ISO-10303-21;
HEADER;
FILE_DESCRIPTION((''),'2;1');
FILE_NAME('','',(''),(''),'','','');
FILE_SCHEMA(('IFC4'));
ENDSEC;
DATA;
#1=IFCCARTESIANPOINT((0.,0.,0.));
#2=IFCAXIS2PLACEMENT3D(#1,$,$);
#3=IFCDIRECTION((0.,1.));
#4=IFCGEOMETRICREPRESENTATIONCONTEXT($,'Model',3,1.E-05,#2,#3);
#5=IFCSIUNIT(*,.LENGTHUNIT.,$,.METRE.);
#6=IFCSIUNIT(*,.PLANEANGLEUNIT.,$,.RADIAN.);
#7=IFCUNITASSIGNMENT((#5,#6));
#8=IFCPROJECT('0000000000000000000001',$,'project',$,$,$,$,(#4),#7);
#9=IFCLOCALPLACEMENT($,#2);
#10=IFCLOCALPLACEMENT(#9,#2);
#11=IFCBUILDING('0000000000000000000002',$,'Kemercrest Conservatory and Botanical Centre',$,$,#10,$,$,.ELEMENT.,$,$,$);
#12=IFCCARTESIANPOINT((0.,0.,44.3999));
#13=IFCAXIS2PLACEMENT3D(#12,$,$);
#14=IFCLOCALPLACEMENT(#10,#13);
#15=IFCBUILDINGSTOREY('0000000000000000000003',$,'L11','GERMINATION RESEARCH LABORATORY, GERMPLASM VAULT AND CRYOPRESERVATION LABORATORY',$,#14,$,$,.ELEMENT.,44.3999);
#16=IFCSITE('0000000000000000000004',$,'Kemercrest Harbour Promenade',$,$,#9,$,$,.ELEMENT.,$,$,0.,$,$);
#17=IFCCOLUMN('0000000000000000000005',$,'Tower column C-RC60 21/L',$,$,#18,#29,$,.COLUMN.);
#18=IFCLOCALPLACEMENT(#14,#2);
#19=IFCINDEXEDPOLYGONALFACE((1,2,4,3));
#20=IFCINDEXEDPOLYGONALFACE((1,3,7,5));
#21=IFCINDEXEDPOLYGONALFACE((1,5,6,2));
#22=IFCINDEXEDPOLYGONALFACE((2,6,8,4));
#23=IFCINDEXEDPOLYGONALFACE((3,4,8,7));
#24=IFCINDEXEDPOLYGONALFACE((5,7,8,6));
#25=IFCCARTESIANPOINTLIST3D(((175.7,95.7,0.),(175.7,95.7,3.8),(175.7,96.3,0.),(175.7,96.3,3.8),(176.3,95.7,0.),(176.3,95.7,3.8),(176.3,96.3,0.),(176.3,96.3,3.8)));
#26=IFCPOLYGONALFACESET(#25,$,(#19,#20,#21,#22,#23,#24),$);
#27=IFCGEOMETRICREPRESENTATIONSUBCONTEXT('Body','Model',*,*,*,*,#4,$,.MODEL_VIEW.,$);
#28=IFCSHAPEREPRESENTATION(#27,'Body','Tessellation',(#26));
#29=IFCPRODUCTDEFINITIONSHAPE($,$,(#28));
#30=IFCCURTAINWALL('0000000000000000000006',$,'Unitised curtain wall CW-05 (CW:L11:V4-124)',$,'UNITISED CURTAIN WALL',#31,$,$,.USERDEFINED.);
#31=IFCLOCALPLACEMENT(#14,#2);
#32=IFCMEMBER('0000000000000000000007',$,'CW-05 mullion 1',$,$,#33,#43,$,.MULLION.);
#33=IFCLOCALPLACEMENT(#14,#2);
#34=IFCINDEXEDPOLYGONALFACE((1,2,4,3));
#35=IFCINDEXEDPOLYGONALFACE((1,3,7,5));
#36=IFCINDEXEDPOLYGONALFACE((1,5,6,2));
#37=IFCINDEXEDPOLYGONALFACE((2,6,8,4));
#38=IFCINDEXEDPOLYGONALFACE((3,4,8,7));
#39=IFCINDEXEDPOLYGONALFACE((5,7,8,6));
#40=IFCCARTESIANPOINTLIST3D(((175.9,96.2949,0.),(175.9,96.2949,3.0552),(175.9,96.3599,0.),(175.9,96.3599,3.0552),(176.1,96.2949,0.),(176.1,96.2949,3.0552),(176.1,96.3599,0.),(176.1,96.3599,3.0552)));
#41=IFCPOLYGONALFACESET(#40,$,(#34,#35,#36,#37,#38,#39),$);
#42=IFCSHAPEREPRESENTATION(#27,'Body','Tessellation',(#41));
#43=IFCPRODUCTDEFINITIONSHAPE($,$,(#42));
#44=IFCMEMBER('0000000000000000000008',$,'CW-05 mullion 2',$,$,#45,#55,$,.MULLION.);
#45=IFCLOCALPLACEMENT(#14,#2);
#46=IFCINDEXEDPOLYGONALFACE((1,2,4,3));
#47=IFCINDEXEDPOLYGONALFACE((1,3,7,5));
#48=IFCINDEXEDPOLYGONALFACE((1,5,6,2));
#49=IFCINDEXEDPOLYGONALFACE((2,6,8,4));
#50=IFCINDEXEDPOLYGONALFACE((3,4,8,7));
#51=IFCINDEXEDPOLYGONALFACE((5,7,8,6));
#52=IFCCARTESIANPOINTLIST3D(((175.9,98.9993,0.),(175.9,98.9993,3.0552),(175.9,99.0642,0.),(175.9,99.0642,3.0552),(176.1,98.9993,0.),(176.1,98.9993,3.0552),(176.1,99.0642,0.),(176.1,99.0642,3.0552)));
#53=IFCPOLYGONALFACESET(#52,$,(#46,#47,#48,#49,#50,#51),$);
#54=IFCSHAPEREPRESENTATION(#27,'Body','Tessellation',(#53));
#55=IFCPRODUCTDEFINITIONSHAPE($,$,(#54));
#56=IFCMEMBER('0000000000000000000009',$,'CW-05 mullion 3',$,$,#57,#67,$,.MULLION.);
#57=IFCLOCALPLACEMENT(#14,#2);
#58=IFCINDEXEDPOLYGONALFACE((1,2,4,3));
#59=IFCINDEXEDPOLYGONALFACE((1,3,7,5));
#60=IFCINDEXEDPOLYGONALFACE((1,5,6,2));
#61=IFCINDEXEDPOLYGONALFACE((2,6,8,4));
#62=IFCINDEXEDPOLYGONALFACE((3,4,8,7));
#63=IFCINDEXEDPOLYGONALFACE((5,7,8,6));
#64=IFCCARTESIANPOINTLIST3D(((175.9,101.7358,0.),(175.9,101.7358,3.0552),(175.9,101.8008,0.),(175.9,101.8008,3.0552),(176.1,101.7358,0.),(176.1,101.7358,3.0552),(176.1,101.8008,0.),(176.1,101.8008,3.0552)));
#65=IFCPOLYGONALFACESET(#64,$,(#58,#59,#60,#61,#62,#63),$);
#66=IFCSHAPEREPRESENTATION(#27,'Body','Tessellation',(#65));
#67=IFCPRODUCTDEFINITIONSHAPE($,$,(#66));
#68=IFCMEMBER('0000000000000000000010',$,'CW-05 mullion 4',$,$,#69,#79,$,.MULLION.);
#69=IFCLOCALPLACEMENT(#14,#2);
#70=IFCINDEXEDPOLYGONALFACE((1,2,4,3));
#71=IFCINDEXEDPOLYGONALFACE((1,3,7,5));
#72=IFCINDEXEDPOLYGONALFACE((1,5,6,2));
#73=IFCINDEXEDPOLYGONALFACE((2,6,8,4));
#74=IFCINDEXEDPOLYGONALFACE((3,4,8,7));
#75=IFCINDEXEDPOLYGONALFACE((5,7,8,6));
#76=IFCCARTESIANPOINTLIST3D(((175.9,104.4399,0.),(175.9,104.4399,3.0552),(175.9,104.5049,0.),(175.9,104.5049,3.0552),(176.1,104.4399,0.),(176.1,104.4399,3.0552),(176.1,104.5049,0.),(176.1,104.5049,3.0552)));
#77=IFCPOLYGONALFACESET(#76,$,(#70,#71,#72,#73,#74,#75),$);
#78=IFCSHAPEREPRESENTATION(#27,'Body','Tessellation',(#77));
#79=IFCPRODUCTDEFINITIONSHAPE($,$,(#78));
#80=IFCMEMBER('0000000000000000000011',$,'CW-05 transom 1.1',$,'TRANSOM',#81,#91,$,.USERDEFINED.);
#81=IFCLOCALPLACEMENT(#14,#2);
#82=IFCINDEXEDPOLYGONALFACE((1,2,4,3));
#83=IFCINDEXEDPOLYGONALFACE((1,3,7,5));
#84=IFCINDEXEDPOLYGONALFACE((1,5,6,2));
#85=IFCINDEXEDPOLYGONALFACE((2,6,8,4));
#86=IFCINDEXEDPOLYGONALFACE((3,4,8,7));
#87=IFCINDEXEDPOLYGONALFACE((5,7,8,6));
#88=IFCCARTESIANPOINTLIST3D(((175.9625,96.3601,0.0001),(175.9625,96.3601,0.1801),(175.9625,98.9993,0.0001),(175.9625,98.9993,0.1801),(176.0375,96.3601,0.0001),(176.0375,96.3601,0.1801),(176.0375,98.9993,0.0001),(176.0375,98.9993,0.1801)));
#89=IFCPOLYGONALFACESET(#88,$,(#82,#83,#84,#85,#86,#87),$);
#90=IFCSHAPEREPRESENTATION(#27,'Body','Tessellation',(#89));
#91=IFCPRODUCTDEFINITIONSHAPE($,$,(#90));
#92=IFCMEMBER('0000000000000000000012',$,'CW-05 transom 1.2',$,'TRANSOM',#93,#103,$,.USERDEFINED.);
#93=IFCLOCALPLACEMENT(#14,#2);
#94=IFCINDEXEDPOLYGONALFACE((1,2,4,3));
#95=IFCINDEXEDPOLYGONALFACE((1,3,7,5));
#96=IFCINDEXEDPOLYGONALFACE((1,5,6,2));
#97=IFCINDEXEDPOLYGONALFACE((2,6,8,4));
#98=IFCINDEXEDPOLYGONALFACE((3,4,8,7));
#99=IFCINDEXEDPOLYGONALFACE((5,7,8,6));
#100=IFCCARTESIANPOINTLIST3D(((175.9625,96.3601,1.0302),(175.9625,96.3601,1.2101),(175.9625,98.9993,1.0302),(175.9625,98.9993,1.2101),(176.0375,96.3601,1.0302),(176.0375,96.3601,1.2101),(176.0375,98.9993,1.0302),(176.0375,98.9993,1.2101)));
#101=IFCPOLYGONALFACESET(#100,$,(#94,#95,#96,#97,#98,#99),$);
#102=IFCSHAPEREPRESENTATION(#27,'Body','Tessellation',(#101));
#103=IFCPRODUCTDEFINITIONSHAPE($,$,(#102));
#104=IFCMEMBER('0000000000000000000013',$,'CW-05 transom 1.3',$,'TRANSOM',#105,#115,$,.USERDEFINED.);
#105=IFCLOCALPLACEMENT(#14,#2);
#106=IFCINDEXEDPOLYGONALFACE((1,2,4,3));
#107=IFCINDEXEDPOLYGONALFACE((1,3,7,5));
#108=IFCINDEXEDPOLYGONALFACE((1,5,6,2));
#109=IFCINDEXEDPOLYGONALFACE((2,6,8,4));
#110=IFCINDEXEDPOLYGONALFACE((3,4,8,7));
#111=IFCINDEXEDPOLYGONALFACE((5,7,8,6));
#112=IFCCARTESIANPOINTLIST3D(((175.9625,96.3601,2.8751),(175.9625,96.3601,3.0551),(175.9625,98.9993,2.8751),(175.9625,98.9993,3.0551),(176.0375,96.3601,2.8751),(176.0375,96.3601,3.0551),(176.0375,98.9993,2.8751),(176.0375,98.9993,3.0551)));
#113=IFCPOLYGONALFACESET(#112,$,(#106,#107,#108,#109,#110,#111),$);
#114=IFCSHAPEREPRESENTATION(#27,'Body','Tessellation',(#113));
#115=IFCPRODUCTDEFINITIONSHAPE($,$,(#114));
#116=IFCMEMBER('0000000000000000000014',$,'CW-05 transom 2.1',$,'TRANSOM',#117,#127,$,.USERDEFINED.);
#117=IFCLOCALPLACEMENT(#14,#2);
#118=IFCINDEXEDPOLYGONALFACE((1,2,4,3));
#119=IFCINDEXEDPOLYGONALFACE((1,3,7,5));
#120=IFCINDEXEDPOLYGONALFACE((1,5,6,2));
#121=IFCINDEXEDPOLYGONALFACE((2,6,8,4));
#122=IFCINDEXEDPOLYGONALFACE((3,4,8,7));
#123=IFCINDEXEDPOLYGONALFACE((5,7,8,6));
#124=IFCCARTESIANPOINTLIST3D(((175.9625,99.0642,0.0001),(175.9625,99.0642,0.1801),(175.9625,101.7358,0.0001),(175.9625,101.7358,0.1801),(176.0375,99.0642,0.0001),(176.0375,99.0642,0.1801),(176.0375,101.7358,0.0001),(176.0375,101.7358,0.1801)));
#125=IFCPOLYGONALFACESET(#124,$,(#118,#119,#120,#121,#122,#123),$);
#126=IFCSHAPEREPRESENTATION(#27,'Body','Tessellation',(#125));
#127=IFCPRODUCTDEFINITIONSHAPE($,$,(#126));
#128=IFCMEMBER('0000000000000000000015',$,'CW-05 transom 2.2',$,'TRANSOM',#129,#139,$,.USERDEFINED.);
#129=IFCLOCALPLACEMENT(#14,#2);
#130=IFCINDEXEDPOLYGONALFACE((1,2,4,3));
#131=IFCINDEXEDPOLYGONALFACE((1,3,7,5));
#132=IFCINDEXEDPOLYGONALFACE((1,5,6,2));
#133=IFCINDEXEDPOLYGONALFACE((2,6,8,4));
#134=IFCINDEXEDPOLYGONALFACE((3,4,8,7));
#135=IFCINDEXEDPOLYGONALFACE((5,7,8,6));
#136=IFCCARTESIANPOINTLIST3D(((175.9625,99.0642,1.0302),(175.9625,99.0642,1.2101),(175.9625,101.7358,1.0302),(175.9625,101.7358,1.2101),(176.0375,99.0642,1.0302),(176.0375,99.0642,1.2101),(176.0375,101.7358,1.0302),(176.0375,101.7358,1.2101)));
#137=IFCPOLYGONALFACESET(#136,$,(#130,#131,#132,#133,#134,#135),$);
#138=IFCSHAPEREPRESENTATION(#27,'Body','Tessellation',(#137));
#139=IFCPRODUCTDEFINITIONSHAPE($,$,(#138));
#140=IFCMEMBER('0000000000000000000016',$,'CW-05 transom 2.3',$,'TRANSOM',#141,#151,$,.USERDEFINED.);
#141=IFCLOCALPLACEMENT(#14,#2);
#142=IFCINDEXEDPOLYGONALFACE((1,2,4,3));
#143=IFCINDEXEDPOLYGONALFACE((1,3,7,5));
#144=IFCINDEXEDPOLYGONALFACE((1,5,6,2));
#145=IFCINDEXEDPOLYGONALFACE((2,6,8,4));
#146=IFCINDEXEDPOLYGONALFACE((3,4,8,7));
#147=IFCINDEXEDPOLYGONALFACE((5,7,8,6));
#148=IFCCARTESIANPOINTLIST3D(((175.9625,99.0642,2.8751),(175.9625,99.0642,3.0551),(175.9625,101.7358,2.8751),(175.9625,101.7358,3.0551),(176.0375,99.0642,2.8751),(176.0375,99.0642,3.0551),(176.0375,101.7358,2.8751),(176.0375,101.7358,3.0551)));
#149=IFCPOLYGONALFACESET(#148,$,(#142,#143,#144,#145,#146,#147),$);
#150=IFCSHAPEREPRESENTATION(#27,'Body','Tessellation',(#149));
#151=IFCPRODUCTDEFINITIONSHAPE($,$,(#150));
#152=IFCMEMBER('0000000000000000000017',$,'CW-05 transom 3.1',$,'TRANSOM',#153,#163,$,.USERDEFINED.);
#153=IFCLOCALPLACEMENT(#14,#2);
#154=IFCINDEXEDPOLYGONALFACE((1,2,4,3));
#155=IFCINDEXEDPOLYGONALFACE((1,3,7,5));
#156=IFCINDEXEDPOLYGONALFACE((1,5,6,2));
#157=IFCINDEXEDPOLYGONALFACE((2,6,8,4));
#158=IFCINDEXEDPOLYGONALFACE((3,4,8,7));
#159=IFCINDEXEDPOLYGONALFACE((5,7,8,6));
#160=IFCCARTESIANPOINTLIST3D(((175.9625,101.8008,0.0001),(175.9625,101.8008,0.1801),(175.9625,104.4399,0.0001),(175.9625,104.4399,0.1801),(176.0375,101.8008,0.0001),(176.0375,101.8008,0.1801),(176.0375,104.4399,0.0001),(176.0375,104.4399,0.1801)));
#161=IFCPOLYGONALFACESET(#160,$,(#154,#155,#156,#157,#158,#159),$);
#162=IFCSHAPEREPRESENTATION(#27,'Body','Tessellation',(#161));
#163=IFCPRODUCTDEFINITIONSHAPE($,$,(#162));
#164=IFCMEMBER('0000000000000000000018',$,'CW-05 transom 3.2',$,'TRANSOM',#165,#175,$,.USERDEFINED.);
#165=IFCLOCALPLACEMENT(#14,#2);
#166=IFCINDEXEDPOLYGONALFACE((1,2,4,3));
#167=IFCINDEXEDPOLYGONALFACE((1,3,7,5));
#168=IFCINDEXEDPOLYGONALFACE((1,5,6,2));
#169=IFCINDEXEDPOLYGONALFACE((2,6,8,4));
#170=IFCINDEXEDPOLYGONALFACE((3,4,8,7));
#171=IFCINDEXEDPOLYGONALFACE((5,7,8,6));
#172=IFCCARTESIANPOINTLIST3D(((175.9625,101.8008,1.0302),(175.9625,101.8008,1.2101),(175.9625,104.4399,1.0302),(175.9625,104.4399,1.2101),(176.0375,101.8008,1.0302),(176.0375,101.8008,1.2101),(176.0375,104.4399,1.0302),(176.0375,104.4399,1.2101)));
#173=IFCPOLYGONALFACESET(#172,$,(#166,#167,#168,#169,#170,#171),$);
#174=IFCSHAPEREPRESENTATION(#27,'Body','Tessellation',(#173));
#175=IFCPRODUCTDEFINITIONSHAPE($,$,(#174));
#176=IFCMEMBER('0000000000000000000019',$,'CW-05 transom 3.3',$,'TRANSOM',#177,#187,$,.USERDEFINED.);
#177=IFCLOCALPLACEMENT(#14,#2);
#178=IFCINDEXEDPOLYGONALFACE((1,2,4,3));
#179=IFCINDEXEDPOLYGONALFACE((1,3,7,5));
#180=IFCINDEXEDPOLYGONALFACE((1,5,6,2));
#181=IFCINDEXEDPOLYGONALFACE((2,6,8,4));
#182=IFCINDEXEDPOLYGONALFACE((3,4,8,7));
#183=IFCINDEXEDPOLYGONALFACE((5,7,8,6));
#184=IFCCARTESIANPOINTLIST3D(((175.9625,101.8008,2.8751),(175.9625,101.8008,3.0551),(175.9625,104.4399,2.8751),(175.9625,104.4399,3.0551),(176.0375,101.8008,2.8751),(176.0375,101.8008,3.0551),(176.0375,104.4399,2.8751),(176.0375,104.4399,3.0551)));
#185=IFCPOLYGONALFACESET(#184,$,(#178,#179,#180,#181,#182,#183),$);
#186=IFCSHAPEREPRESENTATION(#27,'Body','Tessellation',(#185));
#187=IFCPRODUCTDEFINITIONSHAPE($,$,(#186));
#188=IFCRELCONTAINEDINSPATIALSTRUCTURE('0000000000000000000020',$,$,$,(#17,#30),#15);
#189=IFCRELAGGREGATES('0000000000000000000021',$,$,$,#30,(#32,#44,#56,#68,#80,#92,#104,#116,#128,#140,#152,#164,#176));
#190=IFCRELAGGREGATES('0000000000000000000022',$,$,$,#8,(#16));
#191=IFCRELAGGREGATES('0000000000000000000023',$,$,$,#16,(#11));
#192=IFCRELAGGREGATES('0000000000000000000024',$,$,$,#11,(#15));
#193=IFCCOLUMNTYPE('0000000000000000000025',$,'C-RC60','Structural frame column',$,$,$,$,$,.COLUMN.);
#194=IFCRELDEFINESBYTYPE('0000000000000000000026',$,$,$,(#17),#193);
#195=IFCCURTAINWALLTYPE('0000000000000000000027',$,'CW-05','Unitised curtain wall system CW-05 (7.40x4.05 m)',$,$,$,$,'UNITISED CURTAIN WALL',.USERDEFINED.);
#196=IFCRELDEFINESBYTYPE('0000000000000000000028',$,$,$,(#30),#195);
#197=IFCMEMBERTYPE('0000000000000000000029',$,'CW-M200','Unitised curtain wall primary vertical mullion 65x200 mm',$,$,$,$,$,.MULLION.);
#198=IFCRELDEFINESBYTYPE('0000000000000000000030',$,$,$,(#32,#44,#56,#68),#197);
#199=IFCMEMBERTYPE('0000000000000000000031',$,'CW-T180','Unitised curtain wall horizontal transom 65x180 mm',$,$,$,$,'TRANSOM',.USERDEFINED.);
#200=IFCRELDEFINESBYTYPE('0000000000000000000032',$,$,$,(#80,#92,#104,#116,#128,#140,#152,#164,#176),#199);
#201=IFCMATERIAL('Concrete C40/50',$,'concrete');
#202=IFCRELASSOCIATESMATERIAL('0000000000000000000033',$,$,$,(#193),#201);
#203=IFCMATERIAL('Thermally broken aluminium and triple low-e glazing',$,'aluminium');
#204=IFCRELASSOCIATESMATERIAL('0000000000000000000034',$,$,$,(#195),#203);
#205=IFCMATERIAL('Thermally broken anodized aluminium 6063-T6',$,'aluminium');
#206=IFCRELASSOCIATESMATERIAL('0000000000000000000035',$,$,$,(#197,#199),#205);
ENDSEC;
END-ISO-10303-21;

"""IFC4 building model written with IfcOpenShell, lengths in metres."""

from ifc_helpers import new_model, si_unit, direction, frame, origin, origin_2d, place, context, subcontext, project, spatial, rectangle, extrude, material, material_profile, profile_set, type_object, element, aggregate, save


model = new_model("IFC4")

# Units and contexts
model_context = context("Model", 3, precision=1e-05, world=origin(), true_north=direction((0.0, 1.0)))
body_context = subcontext(model_context, "Body", "Model", "MODEL_VIEW")
ifc_project = project(units=[si_unit("LENGTHUNIT", "METRE"), si_unit("PLANEANGLEUNIT", "RADIAN")], contexts=[model_context])

# Site, building, storey
site_placement = place(None, origin())
site = spatial("IfcSite", under=ifc_project, at=site_placement, Name="Kemercrest Harbour Promenade", CompositionType="ELEMENT", RefElevation=0.0)
building_placement = place(site_placement, origin())
building = spatial("IfcBuilding", under=site, at=building_placement, Name="Kemercrest Conservatory and Botanical Centre", CompositionType="ELEMENT")
storey_placement = place(building_placement, frame((0.0, 0.0, 44.3999)))
storey = spatial("IfcBuildingStorey", under=building, at=storey_placement, Name="L11", Description="GERMINATION RESEARCH LABORATORY, GERMPLASM VAULT AND CRYOPRESERVATION LABORATORY", CompositionType="ELEMENT", Elevation=44.3999)

# Column
ifc_material_1 = material(Name="Concrete C40/50", Category="concrete")
ifc_material_profile_1 = material_profile(ifc_material_1, rectangle(XDim=0.6001, YDim=0.6001, at=origin_2d()), Name="RC 600x600")
ifc_profile_set_1 = profile_set([ifc_material_profile_1], Name="Concrete C40/50")
column_type = type_object("IfcColumnType", Name="C-RC60", Description="Structural frame column", PredefinedType="COLUMN", material=ifc_profile_set_1)
column_placement = place(storey_placement, frame((176.0, 96.0, 0.0), z_axis=(0.0, 0.0, 1.0), x_axis=(1.0, 0.0, 0.0)))
element("IfcColumn", 1, at=column_placement, inside=storey, type_object=column_type, Name="Tower column C-RC60 21/L", PredefinedType="COLUMN", context=body_context, shape_type="SweptSolid", body=[
    extrude(rectangle(XDim=0.6001, YDim=0.6001, at=origin_2d()), origin(), (0.0, 0.0, 1.0), 3.8),
])

# Curtain wall, members
ifc_material_2 = material(Name="Thermally broken aluminium and triple low-e glazing", Category="aluminium")
curtain_wall_type = type_object("IfcCurtainWallType", Name="CW-05", Description="Unitised curtain wall system CW-05 (7.40x4.05 m)", ElementType="UNITISED CURTAIN WALL", PredefinedType="USERDEFINED", material=ifc_material_2)
curtain_wall_placement = place(storey_placement, origin())
curtain_wall = element("IfcCurtainWall", 2, at=curtain_wall_placement, inside=storey, type_object=curtain_wall_type, Name="Unitised curtain wall CW-05 (CW:L11:V4-124)", ObjectType="UNITISED CURTAIN WALL", PredefinedType="USERDEFINED")
ifc_material_3 = material(Name="Thermally broken anodized aluminium 6063-T6", Category="aluminium")
ifc_material_profile_2 = material_profile(ifc_material_3, rectangle(XDim=0.2, YDim=0.0649, at=origin_2d()), Name="AL MULLION 65x200")
ifc_profile_set_2 = profile_set([ifc_material_profile_2], Name="Thermally broken anodized aluminium 6063-T6")
member_type_1 = type_object("IfcMemberType", Name="CW-M200", Description="Unitised curtain wall primary vertical mullion 65x200 mm", PredefinedType="MULLION", material=ifc_profile_set_2)
member_1_placement = place(storey_placement, frame((176.0, 96.3274, 0.0), z_axis=(0.0, 0.0, 1.0), x_axis=(-1.0, 0.0, 0.0)))
member_1 = element("IfcMember", 3, at=member_1_placement, type_object=member_type_1, Name="CW-05 mullion 1", PredefinedType="MULLION", context=body_context, shape_type="SweptSolid", body=[
    extrude(rectangle(XDim=0.2, YDim=0.0649, at=origin_2d()), origin(), (0.0, 0.0, 1.0), 3.0552),
])
member_2_placement = place(storey_placement, frame((176.0, 99.0317, 0.0), z_axis=(0.0, 0.0, 1.0), x_axis=(-1.0, 0.0, 0.0)))
member_2 = element("IfcMember", 4, at=member_2_placement, type_object=member_type_1, Name="CW-05 mullion 2", PredefinedType="MULLION", context=body_context, shape_type="SweptSolid", body=[
    extrude(rectangle(XDim=0.2, YDim=0.0649, at=origin_2d()), origin(), (0.0, 0.0, 1.0), 3.0552),
])
member_3_placement = place(storey_placement, frame((176.0, 101.7683, 0.0), z_axis=(0.0, 0.0, 1.0), x_axis=(-1.0, 0.0, 0.0)))
member_3 = element("IfcMember", 5, at=member_3_placement, type_object=member_type_1, Name="CW-05 mullion 3", PredefinedType="MULLION", context=body_context, shape_type="SweptSolid", body=[
    extrude(rectangle(XDim=0.2, YDim=0.0649, at=origin_2d()), origin(), (0.0, 0.0, 1.0), 3.0552),
])
member_4_placement = place(storey_placement, frame((176.0, 104.4724, 0.0), z_axis=(0.0, 0.0, 1.0), x_axis=(-1.0, 0.0, 0.0)))
member_4 = element("IfcMember", 6, at=member_4_placement, type_object=member_type_1, Name="CW-05 mullion 4", PredefinedType="MULLION", context=body_context, shape_type="SweptSolid", body=[
    extrude(rectangle(XDim=0.2, YDim=0.0649, at=origin_2d()), origin(), (0.0, 0.0, 1.0), 3.0552),
])
ifc_material_profile_3 = material_profile(ifc_material_3, rectangle(XDim=0.075, YDim=0.1799, at=origin_2d()), Name="AL TRANSOM 75x180")
ifc_profile_set_3 = profile_set([ifc_material_profile_3], Name="Thermally broken anodized aluminium 6063-T6")
member_type_2 = type_object("IfcMemberType", Name="CW-T180", Description="Unitised curtain wall horizontal transom 65x180 mm", ElementType="TRANSOM", PredefinedType="USERDEFINED", material=ifc_profile_set_3)
member_5_placement = place(storey_placement, frame((176.0, 96.3601, 0.0901), z_axis=(0.0, 1.0, 0.0), x_axis=(-1.0, 0.0, 0.0)))
member_5 = element("IfcMember", 7, at=member_5_placement, type_object=member_type_2, Name="CW-05 transom 1.1", ObjectType="TRANSOM", PredefinedType="USERDEFINED", context=body_context, shape_type="SweptSolid", body=[
    extrude(rectangle(XDim=0.075, YDim=0.1799, at=origin_2d()), origin(), (0.0, 0.0, 1.0), 2.6392),
])
member_6_placement = place(storey_placement, frame((176.0, 96.3601, 1.1201), z_axis=(0.0, 1.0, 0.0), x_axis=(-1.0, 0.0, 0.0)))
member_6 = element("IfcMember", 8, at=member_6_placement, type_object=member_type_2, Name="CW-05 transom 1.2", ObjectType="TRANSOM", PredefinedType="USERDEFINED", context=body_context, shape_type="SweptSolid", body=[
    extrude(rectangle(XDim=0.075, YDim=0.1799, at=origin_2d()), origin(), (0.0, 0.0, 1.0), 2.6392),
])
member_7_placement = place(storey_placement, frame((176.0, 96.3601, 2.9651), z_axis=(0.0, 1.0, 0.0), x_axis=(-1.0, 0.0, 0.0)))
member_7 = element("IfcMember", 9, at=member_7_placement, type_object=member_type_2, Name="CW-05 transom 1.3", ObjectType="TRANSOM", PredefinedType="USERDEFINED", context=body_context, shape_type="SweptSolid", body=[
    extrude(rectangle(XDim=0.075, YDim=0.1799, at=origin_2d()), origin(), (0.0, 0.0, 1.0), 2.6392),
])
member_8_placement = place(storey_placement, frame((176.0, 99.0642, 0.0901), z_axis=(0.0, 1.0, 0.0), x_axis=(-1.0, 0.0, 0.0)))
member_8 = element("IfcMember", 10, at=member_8_placement, type_object=member_type_2, Name="CW-05 transom 2.1", ObjectType="TRANSOM", PredefinedType="USERDEFINED", context=body_context, shape_type="SweptSolid", body=[
    extrude(rectangle(XDim=0.075, YDim=0.1799, at=origin_2d()), origin(), (0.0, 0.0, 1.0), 2.6716),
])
member_9_placement = place(storey_placement, frame((176.0, 99.0642, 1.1201), z_axis=(0.0, 1.0, 0.0), x_axis=(-1.0, 0.0, 0.0)))
member_9 = element("IfcMember", 11, at=member_9_placement, type_object=member_type_2, Name="CW-05 transom 2.2", ObjectType="TRANSOM", PredefinedType="USERDEFINED", context=body_context, shape_type="SweptSolid", body=[
    extrude(rectangle(XDim=0.075, YDim=0.1799, at=origin_2d()), origin(), (0.0, 0.0, 1.0), 2.6716),
])
member_10_placement = place(storey_placement, frame((176.0, 99.0642, 2.9651), z_axis=(0.0, 1.0, 0.0), x_axis=(-1.0, 0.0, 0.0)))
member_10 = element("IfcMember", 12, at=member_10_placement, type_object=member_type_2, Name="CW-05 transom 2.3", ObjectType="TRANSOM", PredefinedType="USERDEFINED", context=body_context, shape_type="SweptSolid", body=[
    extrude(rectangle(XDim=0.075, YDim=0.1799, at=origin_2d()), origin(), (0.0, 0.0, 1.0), 2.6716),
])
member_11_placement = place(storey_placement, frame((176.0, 101.8008, 0.0901), z_axis=(0.0, 1.0, 0.0), x_axis=(-1.0, 0.0, 0.0)))
member_11 = element("IfcMember", 13, at=member_11_placement, type_object=member_type_2, Name="CW-05 transom 3.1", ObjectType="TRANSOM", PredefinedType="USERDEFINED", context=body_context, shape_type="SweptSolid", body=[
    extrude(rectangle(XDim=0.075, YDim=0.1799, at=origin_2d()), origin(), (0.0, 0.0, 1.0), 2.6392),
])
member_12_placement = place(storey_placement, frame((176.0, 101.8008, 1.1201), z_axis=(0.0, 1.0, 0.0), x_axis=(-1.0, 0.0, 0.0)))
member_12 = element("IfcMember", 14, at=member_12_placement, type_object=member_type_2, Name="CW-05 transom 3.2", ObjectType="TRANSOM", PredefinedType="USERDEFINED", context=body_context, shape_type="SweptSolid", body=[
    extrude(rectangle(XDim=0.075, YDim=0.1799, at=origin_2d()), origin(), (0.0, 0.0, 1.0), 2.6392),
])
member_13_placement = place(storey_placement, frame((176.0, 101.8008, 2.9651), z_axis=(0.0, 1.0, 0.0), x_axis=(-1.0, 0.0, 0.0)))
member_13 = element("IfcMember", 15, at=member_13_placement, type_object=member_type_2, Name="CW-05 transom 3.3", ObjectType="TRANSOM", PredefinedType="USERDEFINED", context=body_context, shape_type="SweptSolid", body=[
    extrude(rectangle(XDim=0.075, YDim=0.1799, at=origin_2d()), origin(), (0.0, 0.0, 1.0), 2.6392),
])

aggregate(curtain_wall, [member_1, member_2, member_3, member_4, member_5, member_6, member_7, member_8, member_9, member_10, member_11, member_12, member_13])

save(model, "model.ifc")
